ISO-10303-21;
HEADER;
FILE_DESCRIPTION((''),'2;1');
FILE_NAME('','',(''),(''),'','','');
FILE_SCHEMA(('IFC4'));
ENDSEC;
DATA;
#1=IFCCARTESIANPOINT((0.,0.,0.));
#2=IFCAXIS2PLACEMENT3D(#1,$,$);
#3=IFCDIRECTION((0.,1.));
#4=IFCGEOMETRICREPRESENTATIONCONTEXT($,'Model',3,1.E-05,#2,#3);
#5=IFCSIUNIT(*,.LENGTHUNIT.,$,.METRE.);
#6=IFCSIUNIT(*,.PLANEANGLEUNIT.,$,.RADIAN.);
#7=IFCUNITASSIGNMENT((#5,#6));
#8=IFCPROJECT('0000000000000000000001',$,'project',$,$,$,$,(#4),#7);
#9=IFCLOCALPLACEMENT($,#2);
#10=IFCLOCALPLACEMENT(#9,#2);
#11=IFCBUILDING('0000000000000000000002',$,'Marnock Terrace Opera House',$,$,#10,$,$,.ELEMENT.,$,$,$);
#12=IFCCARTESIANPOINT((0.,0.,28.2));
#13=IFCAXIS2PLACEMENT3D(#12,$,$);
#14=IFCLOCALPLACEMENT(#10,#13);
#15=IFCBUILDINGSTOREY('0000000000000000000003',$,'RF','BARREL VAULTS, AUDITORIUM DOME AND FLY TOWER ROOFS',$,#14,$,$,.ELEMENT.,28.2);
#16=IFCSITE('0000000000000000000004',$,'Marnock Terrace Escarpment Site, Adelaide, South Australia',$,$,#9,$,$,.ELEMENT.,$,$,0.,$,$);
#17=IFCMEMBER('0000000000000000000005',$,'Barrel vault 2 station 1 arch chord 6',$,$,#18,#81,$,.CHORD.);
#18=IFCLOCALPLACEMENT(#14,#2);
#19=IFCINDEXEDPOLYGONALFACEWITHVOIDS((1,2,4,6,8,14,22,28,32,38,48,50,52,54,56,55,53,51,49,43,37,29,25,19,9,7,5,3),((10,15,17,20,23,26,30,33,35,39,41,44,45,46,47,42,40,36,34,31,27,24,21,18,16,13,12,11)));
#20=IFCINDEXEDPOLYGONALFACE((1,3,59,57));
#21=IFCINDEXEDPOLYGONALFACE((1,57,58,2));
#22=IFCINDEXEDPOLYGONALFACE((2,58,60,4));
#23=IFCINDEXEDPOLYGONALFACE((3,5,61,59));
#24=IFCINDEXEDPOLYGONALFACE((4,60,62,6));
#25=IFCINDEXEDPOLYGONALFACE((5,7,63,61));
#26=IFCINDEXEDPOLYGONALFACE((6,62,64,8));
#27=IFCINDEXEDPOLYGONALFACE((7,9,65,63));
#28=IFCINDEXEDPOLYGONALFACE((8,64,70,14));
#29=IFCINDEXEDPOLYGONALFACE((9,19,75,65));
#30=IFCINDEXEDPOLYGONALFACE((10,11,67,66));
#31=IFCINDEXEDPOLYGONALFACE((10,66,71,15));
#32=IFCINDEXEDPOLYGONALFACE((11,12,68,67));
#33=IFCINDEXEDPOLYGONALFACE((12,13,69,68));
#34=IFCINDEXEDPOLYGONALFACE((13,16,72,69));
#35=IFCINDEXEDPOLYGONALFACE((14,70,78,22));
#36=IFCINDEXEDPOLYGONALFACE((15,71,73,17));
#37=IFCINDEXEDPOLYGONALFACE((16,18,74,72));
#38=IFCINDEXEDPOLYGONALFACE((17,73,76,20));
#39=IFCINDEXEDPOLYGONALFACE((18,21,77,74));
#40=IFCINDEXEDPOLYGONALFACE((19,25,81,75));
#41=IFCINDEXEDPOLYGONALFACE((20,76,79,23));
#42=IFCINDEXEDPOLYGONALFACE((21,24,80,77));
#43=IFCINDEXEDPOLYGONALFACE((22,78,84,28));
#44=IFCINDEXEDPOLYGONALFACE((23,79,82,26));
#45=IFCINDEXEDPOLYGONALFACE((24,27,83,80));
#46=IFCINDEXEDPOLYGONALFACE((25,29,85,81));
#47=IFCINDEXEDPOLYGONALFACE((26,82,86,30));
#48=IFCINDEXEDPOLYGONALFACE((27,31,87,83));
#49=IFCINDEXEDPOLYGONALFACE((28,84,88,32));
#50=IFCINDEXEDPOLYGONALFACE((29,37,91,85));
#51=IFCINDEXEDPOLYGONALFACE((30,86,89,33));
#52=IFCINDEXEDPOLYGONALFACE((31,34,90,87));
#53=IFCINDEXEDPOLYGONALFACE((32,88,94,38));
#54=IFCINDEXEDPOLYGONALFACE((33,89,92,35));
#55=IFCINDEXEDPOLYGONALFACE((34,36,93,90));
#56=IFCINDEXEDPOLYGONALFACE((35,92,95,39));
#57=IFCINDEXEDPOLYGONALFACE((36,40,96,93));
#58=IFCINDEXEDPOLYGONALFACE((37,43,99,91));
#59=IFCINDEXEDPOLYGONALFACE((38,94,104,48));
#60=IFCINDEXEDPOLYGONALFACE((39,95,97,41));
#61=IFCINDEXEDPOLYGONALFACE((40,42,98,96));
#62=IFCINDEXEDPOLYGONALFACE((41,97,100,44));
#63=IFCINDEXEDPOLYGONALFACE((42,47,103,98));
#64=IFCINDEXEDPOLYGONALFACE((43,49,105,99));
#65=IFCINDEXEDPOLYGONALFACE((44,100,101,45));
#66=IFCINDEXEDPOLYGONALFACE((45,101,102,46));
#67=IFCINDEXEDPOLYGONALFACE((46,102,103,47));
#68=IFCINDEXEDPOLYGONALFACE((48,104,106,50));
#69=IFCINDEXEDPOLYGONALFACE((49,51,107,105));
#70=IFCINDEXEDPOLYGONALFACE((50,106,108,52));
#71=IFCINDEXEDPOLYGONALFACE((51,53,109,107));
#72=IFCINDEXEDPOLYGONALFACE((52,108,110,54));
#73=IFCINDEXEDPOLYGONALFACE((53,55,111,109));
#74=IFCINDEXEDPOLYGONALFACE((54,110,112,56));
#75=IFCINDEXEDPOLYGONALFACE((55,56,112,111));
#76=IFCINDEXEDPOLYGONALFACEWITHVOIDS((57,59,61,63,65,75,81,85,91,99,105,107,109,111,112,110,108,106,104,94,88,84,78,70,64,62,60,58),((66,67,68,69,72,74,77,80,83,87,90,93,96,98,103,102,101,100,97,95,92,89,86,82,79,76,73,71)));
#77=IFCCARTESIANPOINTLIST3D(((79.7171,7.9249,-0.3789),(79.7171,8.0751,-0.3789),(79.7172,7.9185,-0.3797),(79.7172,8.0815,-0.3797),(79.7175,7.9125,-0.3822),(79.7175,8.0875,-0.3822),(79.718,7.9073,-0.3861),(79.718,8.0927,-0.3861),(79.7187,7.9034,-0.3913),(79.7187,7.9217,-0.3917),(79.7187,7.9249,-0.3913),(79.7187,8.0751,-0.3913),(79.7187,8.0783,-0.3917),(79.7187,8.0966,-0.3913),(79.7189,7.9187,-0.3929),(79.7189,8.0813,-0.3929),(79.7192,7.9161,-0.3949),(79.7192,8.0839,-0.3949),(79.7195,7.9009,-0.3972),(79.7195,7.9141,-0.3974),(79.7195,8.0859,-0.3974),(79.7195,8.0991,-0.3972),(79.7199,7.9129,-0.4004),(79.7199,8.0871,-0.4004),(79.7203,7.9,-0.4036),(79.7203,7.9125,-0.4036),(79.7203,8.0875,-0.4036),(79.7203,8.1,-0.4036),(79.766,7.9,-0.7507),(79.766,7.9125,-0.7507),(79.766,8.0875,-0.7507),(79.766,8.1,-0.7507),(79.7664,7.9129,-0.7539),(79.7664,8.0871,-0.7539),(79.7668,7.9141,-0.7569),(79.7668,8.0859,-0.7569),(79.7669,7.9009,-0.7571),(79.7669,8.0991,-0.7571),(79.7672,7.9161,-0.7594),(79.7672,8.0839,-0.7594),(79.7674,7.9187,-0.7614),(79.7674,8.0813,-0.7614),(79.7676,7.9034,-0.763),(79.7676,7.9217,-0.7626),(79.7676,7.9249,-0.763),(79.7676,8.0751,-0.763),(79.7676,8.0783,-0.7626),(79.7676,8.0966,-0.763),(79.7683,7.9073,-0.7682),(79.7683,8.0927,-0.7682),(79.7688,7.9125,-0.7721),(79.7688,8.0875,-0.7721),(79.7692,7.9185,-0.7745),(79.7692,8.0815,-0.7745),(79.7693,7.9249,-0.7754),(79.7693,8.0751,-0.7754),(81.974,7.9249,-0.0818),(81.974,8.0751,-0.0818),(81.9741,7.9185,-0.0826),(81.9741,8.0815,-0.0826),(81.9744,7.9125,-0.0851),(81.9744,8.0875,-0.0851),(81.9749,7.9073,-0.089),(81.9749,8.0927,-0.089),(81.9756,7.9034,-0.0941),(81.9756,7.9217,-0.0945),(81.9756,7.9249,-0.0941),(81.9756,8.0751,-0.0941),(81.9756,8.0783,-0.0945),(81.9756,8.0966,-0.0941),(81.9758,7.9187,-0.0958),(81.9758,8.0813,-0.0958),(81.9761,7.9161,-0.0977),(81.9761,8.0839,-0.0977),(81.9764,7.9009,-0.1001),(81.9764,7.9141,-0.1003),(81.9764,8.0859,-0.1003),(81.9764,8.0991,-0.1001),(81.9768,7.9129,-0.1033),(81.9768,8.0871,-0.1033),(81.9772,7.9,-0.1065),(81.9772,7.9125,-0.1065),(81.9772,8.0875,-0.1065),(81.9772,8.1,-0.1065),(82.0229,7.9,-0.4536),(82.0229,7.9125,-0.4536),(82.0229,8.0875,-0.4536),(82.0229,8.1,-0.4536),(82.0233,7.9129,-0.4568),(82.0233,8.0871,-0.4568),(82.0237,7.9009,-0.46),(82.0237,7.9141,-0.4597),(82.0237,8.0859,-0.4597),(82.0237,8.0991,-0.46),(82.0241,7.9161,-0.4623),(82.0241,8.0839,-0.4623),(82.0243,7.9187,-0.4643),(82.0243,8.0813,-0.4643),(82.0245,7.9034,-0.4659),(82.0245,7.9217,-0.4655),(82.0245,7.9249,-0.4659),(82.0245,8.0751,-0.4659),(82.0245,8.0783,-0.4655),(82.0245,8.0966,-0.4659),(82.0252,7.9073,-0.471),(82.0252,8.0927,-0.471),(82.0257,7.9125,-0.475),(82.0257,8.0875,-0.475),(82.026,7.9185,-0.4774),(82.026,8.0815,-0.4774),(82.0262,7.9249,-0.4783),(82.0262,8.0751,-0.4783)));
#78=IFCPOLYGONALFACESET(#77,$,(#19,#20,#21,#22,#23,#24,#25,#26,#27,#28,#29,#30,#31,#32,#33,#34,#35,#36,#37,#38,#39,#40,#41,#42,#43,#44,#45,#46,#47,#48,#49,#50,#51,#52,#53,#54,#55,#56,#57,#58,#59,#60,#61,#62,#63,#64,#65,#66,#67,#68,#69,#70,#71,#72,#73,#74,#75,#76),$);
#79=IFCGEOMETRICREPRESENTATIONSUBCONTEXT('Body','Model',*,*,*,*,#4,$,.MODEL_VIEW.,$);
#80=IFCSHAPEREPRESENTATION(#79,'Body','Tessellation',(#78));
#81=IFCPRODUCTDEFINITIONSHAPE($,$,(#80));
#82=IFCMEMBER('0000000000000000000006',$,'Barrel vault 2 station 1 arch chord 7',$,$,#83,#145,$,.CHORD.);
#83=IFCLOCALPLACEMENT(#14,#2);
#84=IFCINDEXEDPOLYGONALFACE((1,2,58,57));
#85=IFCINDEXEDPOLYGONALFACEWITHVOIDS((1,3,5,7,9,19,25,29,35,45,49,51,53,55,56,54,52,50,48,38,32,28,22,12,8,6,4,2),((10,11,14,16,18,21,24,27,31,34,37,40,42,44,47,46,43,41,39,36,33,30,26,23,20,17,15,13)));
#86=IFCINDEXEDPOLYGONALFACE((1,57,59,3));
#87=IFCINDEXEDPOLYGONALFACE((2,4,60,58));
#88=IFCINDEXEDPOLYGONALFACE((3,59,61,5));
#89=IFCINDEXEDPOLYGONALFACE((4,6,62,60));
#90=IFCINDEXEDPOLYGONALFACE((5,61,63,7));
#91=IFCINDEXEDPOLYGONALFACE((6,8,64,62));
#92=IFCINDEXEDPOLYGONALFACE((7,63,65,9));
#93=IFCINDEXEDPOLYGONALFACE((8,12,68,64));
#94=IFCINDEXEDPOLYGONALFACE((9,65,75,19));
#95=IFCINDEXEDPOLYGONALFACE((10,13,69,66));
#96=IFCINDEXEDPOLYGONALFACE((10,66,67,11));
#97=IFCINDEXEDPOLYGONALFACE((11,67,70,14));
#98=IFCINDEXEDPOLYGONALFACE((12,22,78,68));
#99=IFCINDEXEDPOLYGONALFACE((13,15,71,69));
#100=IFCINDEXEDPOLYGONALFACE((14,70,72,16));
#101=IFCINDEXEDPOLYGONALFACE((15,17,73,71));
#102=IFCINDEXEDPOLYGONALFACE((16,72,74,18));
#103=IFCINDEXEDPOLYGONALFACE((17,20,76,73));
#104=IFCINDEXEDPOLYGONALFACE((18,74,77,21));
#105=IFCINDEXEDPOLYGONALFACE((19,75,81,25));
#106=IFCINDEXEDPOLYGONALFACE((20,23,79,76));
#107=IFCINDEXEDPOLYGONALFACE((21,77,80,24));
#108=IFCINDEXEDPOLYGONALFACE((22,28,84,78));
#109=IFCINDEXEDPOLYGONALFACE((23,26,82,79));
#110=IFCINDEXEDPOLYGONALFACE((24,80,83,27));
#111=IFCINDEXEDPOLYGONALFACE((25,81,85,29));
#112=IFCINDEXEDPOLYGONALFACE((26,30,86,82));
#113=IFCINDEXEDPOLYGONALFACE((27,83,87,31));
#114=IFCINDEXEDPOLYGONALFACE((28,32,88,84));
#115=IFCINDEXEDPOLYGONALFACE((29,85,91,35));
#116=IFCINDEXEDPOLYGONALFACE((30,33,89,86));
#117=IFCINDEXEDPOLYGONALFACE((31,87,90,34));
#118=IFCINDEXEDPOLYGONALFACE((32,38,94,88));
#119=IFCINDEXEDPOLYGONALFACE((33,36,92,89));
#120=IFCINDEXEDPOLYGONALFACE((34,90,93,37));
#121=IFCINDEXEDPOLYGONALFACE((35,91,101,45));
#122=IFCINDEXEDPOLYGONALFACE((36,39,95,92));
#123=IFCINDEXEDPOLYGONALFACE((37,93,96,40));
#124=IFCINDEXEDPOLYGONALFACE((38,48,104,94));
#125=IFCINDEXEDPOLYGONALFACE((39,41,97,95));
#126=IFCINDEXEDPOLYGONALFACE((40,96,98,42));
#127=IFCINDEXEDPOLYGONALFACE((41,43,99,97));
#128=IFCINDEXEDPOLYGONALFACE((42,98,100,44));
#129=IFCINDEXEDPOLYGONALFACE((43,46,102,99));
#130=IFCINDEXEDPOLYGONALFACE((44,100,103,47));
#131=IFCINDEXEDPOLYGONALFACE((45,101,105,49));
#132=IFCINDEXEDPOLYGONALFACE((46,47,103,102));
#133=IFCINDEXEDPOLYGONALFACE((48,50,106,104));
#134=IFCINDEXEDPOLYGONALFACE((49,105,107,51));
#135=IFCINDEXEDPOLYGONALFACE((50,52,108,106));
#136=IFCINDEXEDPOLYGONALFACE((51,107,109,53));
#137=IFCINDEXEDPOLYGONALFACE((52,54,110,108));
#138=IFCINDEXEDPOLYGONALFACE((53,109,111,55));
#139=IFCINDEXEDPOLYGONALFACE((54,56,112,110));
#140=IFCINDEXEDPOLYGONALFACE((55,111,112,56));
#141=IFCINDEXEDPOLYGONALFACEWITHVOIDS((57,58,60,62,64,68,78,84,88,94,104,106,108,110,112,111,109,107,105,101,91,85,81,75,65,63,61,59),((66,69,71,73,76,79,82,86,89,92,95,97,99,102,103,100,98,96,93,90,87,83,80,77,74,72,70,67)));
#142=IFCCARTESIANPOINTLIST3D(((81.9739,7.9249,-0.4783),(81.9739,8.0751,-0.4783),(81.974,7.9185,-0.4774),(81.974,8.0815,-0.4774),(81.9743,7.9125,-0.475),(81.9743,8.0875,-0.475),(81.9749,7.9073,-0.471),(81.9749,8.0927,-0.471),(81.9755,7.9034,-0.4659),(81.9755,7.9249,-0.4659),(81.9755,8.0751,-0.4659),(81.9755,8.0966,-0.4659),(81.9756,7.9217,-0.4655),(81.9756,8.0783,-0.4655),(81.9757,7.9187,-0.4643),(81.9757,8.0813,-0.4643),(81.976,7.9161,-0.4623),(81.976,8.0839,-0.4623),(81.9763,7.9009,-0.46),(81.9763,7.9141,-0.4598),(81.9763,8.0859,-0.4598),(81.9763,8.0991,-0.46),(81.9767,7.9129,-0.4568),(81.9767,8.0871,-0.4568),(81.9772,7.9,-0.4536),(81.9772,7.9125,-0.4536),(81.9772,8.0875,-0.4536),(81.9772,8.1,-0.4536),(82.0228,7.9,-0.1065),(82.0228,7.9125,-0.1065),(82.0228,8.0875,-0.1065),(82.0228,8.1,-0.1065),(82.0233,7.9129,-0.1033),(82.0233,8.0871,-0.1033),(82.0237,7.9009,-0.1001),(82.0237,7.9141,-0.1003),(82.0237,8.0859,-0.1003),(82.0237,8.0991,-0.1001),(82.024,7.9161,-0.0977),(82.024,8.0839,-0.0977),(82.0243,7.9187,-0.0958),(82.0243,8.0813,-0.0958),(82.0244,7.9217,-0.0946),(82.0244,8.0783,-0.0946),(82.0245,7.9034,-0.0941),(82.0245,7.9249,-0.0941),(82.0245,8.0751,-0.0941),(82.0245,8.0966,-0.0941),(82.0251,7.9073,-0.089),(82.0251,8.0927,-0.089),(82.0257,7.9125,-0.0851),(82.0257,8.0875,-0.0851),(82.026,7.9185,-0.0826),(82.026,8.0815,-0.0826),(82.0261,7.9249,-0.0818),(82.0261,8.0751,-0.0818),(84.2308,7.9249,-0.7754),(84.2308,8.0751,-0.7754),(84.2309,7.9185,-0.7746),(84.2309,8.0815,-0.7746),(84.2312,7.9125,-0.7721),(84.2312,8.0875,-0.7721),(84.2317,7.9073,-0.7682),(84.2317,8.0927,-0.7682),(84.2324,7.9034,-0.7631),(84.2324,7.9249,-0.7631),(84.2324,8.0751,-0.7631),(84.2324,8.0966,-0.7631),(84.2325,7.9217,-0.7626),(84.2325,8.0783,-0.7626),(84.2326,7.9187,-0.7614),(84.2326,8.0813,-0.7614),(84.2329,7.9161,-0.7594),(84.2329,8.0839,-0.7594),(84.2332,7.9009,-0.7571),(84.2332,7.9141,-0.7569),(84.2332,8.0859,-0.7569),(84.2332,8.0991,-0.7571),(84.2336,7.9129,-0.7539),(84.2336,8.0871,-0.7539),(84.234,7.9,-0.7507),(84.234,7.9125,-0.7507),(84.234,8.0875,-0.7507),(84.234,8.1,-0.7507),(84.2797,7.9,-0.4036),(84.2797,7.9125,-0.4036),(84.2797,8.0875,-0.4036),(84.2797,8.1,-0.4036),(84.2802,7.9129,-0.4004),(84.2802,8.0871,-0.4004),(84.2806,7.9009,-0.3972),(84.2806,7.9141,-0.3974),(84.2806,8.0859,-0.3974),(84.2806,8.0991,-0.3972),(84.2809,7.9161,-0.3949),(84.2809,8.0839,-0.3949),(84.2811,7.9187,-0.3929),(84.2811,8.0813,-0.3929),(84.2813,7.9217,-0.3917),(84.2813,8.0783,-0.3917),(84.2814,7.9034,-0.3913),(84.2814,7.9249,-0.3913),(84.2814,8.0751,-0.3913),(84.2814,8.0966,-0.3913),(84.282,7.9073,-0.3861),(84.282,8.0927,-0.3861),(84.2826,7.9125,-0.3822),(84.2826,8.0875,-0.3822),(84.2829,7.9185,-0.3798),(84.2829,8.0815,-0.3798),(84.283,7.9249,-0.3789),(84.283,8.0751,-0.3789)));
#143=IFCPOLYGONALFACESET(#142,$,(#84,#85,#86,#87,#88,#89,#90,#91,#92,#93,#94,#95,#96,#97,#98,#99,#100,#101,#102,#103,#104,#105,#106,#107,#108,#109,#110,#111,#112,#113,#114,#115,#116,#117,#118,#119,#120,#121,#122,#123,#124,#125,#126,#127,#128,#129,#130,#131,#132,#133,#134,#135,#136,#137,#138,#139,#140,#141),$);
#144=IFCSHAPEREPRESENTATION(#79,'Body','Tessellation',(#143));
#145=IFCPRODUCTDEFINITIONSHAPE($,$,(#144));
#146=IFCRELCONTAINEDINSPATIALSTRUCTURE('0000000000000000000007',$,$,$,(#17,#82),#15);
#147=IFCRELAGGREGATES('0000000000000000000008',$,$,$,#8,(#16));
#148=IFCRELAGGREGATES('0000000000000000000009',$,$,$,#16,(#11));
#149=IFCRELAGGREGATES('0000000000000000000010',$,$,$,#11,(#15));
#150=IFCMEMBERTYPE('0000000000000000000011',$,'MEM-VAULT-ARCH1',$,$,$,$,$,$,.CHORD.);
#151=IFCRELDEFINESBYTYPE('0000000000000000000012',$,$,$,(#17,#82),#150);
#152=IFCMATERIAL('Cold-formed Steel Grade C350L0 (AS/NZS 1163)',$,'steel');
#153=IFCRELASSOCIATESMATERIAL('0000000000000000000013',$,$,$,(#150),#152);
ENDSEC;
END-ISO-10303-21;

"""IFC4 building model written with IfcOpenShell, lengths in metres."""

from ifc_helpers import new_model, si_unit, direction, frame, origin, origin_2d, place, context, subcontext, project, spatial, hollow_rectangle, extrude, material, material_profile, profile_set, type_object, element, save


model = new_model("IFC4")

# Units and contexts
model_context = context("Model", 3, precision=1e-05, world=origin(), true_north=direction((0.0, 1.0)))
body_context = subcontext(model_context, "Body", "Model", "MODEL_VIEW")
ifc_project = project(units=[si_unit("LENGTHUNIT", "METRE"), si_unit("PLANEANGLEUNIT", "RADIAN")], contexts=[model_context])

# Site, building, storey
site_placement = place(None, origin())
site = spatial("IfcSite", under=ifc_project, at=site_placement, Name="Marnock Terrace Escarpment Site, Adelaide, South Australia", CompositionType="ELEMENT", RefElevation=0.0)
building_placement = place(site_placement, origin())
building = spatial("IfcBuilding", under=site, at=building_placement, Name="Marnock Terrace Opera House", CompositionType="ELEMENT")
storey_placement = place(building_placement, frame((0.0, 0.0, 28.2)))
storey = spatial("IfcBuildingStorey", under=building, at=storey_placement, Name="RF", Description="BARREL VAULTS, AUDITORIUM DOME AND FLY TOWER ROOFS", CompositionType="ELEMENT", Elevation=28.2)

# Members
ifc_material_1 = material(Name="Cold-formed Steel Grade C350L0 (AS/NZS 1163)", Category="steel")
ifc_material_profile_1 = material_profile(ifc_material_1, hollow_rectangle(XDim=0.2, YDim=0.3999, WallThickness=0.0125, InnerFilletRadius=0.0125, OuterFilletRadius=0.0249, at=origin_2d()))
ifc_profile_set_1 = profile_set([ifc_material_profile_1], Name="Cold-formed Steel Grade C350L0 (AS/NZS 1163)")
member_type_1 = type_object("IfcMemberType", Name="MEM-VAULT-ARCH1", PredefinedType="CHORD", material=ifc_profile_set_1)
for number, where, z_axis, x_axis, name in (
    (1, (79.7432, 8.0, -0.5771), (0.991445, 0.0, 0.130527), (0.0, 1.0, 0.0), "Barrel vault 2 station 1 arch chord 6"),
    (2, (82.0, 8.0, -0.28), (0.991445, 0.0, -0.130527), (0.0, 1.0, 0.0), "Barrel vault 2 station 1 arch chord 7"),
):
    element("IfcMember", number, at=place(storey_placement, frame(where, z_axis=z_axis, x_axis=x_axis)), inside=storey, type_object=member_type_1, Name=name, PredefinedType="CHORD", context=body_context, shape_type="SweptSolid", body=[
        extrude(hollow_rectangle(XDim=0.2, YDim=0.3999, WallThickness=0.0125, InnerFilletRadius=0.0125, OuterFilletRadius=0.0249, at=origin_2d()), origin(), (0.0, 0.0, 1.0), 2.2764),
    ])

save(model, "model.ifc")
